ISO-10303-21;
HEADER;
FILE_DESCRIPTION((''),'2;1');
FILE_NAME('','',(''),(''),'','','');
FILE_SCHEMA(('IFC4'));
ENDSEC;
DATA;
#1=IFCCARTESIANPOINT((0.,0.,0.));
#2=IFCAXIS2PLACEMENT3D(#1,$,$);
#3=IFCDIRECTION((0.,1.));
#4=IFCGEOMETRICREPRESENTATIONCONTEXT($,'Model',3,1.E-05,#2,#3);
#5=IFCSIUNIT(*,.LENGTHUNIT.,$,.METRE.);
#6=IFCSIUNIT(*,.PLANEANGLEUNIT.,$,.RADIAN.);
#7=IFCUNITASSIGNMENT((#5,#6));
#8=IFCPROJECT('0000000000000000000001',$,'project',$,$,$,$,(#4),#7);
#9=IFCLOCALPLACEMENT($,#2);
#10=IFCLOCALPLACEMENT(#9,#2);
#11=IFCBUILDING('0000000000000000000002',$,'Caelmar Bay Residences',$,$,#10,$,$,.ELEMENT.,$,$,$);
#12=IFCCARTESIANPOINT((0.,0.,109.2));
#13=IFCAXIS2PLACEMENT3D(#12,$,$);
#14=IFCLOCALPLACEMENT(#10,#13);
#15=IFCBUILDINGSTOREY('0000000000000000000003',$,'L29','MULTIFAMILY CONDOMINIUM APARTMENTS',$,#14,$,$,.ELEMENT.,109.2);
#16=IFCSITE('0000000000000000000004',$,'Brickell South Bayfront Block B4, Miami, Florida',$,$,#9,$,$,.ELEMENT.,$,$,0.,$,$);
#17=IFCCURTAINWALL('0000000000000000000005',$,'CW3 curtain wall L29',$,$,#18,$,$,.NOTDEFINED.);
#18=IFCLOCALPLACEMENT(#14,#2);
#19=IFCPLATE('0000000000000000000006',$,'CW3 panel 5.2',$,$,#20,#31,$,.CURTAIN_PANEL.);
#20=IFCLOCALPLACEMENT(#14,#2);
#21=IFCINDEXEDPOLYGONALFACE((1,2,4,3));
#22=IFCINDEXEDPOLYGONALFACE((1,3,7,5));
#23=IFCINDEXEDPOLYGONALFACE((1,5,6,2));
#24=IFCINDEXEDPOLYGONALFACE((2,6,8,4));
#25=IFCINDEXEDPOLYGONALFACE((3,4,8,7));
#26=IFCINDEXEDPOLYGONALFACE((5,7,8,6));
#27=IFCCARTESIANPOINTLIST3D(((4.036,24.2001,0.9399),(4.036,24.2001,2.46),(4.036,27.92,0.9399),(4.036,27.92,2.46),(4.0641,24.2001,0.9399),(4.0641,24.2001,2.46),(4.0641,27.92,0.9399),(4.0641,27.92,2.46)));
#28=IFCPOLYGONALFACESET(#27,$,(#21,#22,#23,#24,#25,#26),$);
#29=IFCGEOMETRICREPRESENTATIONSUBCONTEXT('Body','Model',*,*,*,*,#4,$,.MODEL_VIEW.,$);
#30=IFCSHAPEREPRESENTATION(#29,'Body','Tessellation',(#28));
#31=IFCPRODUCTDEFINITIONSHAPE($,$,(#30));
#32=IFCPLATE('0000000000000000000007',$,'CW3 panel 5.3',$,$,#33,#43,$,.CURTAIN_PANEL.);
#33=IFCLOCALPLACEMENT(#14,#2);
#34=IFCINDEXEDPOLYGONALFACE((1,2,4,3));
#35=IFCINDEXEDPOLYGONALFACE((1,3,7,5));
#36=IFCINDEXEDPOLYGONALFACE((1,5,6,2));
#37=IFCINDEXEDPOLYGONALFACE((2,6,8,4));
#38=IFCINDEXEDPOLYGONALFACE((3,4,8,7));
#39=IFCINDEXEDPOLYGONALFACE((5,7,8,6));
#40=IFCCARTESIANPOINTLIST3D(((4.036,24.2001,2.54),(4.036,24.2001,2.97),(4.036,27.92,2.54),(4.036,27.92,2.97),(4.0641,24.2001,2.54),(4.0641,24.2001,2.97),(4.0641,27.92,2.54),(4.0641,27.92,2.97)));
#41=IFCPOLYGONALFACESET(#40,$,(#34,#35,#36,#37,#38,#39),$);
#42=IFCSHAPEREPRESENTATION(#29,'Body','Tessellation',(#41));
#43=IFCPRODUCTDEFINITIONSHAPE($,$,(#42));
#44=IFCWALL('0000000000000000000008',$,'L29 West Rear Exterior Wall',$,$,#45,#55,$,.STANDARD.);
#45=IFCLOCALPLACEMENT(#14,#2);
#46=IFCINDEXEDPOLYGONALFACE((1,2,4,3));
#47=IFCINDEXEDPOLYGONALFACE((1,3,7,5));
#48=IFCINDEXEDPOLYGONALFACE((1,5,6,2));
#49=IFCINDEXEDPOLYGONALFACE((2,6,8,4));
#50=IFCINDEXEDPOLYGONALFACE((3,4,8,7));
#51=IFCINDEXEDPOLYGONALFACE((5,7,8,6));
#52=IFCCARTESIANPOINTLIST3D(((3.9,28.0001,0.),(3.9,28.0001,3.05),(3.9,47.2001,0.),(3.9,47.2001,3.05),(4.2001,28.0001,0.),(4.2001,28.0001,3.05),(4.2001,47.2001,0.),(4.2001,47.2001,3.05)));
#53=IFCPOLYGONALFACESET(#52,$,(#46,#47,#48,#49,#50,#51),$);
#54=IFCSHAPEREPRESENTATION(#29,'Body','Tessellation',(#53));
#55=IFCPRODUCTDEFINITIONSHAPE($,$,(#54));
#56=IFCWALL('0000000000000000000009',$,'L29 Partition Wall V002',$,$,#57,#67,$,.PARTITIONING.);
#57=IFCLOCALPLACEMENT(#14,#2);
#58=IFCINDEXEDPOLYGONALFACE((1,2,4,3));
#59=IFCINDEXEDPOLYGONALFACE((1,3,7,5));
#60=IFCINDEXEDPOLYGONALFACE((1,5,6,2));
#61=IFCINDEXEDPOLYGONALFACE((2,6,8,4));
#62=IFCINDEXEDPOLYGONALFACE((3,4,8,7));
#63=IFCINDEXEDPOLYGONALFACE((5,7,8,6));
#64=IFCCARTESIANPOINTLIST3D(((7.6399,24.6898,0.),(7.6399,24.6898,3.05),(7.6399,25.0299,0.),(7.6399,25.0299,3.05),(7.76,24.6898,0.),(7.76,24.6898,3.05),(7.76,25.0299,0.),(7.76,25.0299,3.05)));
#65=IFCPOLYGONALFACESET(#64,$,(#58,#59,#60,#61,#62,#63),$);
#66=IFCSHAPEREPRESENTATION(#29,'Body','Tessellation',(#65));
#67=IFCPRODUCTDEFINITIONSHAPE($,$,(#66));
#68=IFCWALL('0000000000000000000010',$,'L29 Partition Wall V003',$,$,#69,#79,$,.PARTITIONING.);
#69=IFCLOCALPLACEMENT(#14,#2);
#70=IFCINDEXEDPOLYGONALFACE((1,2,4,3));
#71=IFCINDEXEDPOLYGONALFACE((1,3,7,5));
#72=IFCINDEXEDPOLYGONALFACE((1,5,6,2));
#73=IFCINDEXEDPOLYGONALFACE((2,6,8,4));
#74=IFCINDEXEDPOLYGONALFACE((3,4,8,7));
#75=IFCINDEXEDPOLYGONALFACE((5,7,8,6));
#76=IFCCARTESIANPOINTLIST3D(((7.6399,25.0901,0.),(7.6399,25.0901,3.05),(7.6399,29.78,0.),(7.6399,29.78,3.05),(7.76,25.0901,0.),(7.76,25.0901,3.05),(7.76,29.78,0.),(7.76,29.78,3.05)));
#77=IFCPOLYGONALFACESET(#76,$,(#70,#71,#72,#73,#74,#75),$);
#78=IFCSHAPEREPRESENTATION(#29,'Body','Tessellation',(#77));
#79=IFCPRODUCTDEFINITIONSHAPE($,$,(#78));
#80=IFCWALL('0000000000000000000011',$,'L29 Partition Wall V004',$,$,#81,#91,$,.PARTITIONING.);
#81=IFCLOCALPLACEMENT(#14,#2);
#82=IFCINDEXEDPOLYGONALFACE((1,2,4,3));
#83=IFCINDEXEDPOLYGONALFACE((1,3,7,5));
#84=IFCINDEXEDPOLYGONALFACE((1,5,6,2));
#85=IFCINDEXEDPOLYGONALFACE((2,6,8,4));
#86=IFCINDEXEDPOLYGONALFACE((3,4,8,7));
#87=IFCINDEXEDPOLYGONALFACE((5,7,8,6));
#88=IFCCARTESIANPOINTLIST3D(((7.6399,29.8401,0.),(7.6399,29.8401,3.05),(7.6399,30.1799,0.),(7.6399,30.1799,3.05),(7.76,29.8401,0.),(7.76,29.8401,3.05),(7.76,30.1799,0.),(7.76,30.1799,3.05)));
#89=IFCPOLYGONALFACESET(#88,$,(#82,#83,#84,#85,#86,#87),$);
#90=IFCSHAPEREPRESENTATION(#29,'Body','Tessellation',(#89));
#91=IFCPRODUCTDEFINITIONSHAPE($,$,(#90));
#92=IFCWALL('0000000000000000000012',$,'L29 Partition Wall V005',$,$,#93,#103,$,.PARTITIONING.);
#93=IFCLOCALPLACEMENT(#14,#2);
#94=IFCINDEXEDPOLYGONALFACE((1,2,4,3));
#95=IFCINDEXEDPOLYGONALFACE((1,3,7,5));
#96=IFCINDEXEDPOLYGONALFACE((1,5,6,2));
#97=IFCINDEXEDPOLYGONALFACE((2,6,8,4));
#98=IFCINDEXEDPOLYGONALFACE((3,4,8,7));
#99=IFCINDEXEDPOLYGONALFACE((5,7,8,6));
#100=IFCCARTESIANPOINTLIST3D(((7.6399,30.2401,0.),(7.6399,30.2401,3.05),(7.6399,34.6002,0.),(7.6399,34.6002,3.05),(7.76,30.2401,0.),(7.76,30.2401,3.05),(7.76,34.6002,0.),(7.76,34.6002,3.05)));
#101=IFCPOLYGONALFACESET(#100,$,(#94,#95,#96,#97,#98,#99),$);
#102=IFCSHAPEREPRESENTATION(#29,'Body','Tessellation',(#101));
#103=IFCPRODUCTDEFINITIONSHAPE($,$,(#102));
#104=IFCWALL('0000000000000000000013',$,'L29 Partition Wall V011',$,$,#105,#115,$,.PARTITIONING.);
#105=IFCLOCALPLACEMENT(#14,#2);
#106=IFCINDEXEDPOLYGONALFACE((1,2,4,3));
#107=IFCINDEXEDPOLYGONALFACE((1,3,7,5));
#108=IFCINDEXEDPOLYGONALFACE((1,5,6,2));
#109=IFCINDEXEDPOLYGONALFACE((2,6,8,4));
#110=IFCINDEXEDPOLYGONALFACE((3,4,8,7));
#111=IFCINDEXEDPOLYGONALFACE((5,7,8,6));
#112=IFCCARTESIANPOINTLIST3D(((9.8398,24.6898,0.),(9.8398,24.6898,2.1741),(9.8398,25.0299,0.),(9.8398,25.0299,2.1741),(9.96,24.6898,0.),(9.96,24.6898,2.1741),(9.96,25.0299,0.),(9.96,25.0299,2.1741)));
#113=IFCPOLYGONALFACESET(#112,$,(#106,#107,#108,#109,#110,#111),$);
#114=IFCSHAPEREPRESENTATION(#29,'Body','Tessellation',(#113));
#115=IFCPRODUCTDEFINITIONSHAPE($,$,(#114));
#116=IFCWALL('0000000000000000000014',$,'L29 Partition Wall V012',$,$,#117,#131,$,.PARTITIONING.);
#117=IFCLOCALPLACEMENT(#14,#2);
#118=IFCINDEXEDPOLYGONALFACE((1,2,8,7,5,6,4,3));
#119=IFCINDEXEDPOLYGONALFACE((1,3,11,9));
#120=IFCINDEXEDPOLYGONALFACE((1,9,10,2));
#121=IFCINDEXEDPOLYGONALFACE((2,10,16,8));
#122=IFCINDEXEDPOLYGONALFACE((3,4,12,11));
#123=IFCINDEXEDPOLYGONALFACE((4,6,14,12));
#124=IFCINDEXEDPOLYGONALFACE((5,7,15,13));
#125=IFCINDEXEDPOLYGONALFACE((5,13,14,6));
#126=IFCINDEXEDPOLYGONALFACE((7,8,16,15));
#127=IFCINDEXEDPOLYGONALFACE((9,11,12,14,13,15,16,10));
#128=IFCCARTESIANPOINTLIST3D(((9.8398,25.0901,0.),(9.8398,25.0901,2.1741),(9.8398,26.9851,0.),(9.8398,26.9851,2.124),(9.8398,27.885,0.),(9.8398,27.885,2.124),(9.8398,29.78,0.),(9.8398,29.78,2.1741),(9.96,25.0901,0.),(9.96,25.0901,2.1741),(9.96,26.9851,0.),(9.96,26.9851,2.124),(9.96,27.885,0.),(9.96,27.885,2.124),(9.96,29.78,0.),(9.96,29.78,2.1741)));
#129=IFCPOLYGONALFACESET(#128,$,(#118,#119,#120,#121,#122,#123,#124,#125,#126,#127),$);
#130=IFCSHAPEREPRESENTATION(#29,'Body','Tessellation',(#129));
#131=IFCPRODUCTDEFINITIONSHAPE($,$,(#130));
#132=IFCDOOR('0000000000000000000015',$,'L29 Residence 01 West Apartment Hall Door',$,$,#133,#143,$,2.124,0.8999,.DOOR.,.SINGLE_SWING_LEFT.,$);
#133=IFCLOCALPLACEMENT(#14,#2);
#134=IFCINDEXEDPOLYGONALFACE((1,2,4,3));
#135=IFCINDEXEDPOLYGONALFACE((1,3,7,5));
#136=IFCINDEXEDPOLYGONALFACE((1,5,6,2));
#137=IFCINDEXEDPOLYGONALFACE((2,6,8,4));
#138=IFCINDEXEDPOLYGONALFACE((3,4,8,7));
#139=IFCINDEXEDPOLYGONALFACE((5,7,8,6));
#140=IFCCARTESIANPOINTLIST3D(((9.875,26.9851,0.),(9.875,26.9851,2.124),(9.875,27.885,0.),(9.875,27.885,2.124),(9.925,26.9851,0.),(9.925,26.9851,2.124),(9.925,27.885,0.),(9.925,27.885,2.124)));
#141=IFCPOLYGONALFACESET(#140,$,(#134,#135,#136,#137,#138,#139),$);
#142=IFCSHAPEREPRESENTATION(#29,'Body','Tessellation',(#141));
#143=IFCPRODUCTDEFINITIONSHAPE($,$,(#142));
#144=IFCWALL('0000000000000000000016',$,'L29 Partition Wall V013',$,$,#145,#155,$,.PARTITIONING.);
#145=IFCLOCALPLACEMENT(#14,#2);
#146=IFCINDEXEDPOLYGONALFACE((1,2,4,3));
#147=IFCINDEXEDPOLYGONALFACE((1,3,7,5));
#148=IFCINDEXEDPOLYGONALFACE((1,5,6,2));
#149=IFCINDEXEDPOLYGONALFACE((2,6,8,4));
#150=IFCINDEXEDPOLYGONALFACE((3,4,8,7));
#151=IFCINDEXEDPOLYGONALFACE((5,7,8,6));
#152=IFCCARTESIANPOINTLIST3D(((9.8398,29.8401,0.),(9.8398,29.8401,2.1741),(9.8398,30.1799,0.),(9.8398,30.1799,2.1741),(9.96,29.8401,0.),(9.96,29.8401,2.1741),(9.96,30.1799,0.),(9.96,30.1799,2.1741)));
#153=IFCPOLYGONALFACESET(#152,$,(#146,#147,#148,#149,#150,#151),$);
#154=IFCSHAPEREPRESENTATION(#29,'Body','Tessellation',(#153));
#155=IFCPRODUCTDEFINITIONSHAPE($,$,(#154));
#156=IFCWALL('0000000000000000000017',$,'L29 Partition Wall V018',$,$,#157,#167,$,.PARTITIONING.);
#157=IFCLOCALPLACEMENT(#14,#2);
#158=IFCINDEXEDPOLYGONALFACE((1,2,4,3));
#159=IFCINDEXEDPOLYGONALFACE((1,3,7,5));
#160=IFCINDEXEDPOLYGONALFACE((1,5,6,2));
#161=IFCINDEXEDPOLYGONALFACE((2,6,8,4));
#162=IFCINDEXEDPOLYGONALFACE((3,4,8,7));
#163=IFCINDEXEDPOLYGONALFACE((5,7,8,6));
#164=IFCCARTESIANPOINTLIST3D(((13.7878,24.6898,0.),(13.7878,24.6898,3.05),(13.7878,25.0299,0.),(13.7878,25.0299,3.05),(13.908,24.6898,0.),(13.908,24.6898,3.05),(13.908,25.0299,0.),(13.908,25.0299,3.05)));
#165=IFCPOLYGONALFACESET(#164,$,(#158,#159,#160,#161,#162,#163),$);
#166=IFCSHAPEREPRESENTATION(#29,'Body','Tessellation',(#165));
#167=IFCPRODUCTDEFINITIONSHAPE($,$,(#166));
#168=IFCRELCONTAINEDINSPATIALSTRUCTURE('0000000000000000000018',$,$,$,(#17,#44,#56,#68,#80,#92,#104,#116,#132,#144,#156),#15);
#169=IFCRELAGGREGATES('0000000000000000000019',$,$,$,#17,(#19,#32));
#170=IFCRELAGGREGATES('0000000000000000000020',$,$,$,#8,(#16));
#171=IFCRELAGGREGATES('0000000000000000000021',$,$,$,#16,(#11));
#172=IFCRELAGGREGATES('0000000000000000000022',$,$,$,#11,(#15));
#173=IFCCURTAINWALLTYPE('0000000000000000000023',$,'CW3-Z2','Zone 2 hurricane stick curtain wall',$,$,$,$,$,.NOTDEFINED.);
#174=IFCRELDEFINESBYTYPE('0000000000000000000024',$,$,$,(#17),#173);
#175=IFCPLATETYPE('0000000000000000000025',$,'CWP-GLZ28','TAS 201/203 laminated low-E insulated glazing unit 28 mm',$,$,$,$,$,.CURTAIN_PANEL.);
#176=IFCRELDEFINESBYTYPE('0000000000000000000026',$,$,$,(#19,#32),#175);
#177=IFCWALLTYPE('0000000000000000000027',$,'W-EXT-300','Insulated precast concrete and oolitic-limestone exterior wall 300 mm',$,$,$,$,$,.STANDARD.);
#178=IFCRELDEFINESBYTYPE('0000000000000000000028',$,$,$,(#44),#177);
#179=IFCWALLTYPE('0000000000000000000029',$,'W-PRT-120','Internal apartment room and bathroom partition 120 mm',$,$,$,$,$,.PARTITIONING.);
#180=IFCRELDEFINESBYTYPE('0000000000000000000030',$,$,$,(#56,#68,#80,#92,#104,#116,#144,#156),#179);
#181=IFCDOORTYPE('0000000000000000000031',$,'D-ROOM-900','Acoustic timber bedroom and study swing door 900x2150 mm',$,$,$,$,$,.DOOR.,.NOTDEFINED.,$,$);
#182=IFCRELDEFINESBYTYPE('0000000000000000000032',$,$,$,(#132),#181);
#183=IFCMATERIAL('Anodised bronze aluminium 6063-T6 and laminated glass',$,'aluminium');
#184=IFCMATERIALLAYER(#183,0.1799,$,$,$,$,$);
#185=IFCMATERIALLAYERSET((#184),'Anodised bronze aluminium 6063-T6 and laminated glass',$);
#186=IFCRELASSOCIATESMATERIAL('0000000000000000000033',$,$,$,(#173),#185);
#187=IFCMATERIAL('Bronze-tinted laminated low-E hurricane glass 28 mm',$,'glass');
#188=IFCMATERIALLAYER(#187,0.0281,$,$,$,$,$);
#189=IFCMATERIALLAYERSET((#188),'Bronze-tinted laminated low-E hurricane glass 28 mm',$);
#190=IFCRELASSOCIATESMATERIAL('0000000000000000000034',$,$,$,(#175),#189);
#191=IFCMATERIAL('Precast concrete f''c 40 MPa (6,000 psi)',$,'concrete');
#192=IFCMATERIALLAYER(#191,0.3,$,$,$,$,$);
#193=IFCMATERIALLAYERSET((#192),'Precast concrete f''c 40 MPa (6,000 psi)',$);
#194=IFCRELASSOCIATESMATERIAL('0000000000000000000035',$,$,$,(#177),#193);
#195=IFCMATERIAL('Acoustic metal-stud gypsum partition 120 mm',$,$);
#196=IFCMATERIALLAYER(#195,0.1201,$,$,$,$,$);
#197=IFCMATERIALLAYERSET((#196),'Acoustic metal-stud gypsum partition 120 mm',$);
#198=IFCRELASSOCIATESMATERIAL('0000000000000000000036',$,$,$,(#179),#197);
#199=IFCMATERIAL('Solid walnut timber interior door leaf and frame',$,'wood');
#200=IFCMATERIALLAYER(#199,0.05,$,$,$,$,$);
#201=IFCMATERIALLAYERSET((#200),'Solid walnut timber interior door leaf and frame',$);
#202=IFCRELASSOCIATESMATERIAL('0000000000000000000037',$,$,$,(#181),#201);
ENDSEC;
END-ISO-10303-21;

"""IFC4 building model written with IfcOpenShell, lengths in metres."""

from ifc_helpers import new_model, si_unit, direction, frame, frame_2d, origin, origin_2d, place, context, subcontext, project, spatial, rectangle, extrude, material, layer, layer_set, type_object, element, fill, aggregate, save


model = new_model("IFC4")

# Units and contexts
model_context = context("Model", 3, precision=1e-05, world=origin(), true_north=direction((0.0, 1.0)))
body_context = subcontext(model_context, "Body", "Model", "MODEL_VIEW")
ifc_project = project(units=[si_unit("LENGTHUNIT", "METRE"), si_unit("PLANEANGLEUNIT", "RADIAN")], contexts=[model_context])

# Site, building, storey
site_placement = place(None, origin())
site = spatial("IfcSite", under=ifc_project, at=site_placement, Name="Brickell South Bayfront Block B4, Miami, Florida", CompositionType="ELEMENT", RefElevation=0.0)
building_placement = place(site_placement, origin())
building = spatial("IfcBuilding", under=site, at=building_placement, Name="Caelmar Bay Residences", CompositionType="ELEMENT")
storey_placement = place(building_placement, frame((0.0, 0.0, 109.2)))
storey = spatial("IfcBuildingStorey", under=building, at=storey_placement, Name="L29", Description="MULTIFAMILY CONDOMINIUM APARTMENTS", CompositionType="ELEMENT", Elevation=109.2)

# Curtain wall, plates
ifc_material_1 = material(Name="Anodised bronze aluminium 6063-T6 and laminated glass", Category="aluminium")
ifc_layer_1 = layer(ifc_material_1, 0.1799)
ifc_layer_set_1 = layer_set([ifc_layer_1], Name="Anodised bronze aluminium 6063-T6 and laminated glass")
curtain_wall_type = type_object("IfcCurtainWallType", Name="CW3-Z2", Description="Zone 2 hurricane stick curtain wall", PredefinedType="NOTDEFINED", material=ifc_layer_set_1)
curtain_wall_placement = place(storey_placement, origin())
curtain_wall = element("IfcCurtainWall", 1, at=curtain_wall_placement, inside=storey, type_object=curtain_wall_type, Name="CW3 curtain wall L29", PredefinedType="NOTDEFINED")
ifc_material_2 = material(Name="Bronze-tinted laminated low-E hurricane glass 28 mm", Category="glass")
ifc_layer_2 = layer(ifc_material_2, 0.0281)
ifc_layer_set_2 = layer_set([ifc_layer_2], Name="Bronze-tinted laminated low-E hurricane glass 28 mm")
plate_type = type_object("IfcPlateType", Name="CWP-GLZ28", Description="TAS 201/203 laminated low-E insulated glazing unit 28 mm", PredefinedType="CURTAIN_PANEL", material=ifc_layer_set_2)
plate_1_placement = place(storey_placement, frame((4.05, 26.0601, 0.9399), z_axis=(0.0, 0.0, 1.0), x_axis=(0.0, 1.0, 0.0)))
plate_1 = element("IfcPlate", 2, at=plate_1_placement, type_object=plate_type, Name="CW3 panel 5.2", PredefinedType="CURTAIN_PANEL", context=body_context, shape_type="SweptSolid", body=[
    extrude(rectangle(XDim=3.72, YDim=0.0281, at=origin_2d()), origin(), (0.0, 0.0, 1.0), 1.52),
])
plate_2_placement = place(storey_placement, frame((4.05, 26.0601, 2.54), z_axis=(0.0, 0.0, 1.0), x_axis=(0.0, 1.0, 0.0)))
plate_2 = element("IfcPlate", 3, at=plate_2_placement, type_object=plate_type, Name="CW3 panel 5.3", PredefinedType="CURTAIN_PANEL", context=body_context, shape_type="SweptSolid", body=[
    extrude(rectangle(XDim=3.72, YDim=0.0281, at=origin_2d()), origin(), (0.0, 0.0, 1.0), 0.4299),
])
aggregate(curtain_wall, [plate_1, plate_2])

# Walls
ifc_material_3 = material(Name="Precast concrete f'c 40 MPa (6,000 psi)", Category="concrete")
ifc_layer_3 = layer(ifc_material_3, 0.3)
ifc_layer_set_3 = layer_set([ifc_layer_3], Name="Precast concrete f'c 40 MPa (6,000 psi)")
wall_type_1 = type_object("IfcWallType", Name="W-EXT-300", Description="Insulated precast concrete and oolitic-limestone exterior wall 300 mm", PredefinedType="STANDARD", material=ifc_layer_set_3)
wall_1_placement = place(storey_placement, frame((4.05, 28.0, 0.0), z_axis=(0.0, 0.0, 1.0), x_axis=(0.0, 1.0, 0.0)))
element("IfcWall", 4, at=wall_1_placement, inside=storey, type_object=wall_type_1, Name="L29 West Rear Exterior Wall", PredefinedType="STANDARD", context=body_context, shape_type="SweptSolid", body=[
    extrude(rectangle(XDim=19.2, YDim=0.3, at=frame_2d((9.6001, 0.0))), origin(), (0.0, 0.0, 1.0), 3.05),
])
ifc_material_4 = material(Name="Acoustic metal-stud gypsum partition 120 mm")
ifc_layer_4 = layer(ifc_material_4, 0.1201)
ifc_layer_set_4 = layer_set([ifc_layer_4], Name="Acoustic metal-stud gypsum partition 120 mm")
wall_type_2 = type_object("IfcWallType", Name="W-PRT-120", Description="Internal apartment room and bathroom partition 120 mm", PredefinedType="PARTITIONING", material=ifc_layer_set_4)
wall_2_placement = place(storey_placement, frame((7.7, 24.6899, 0.0), z_axis=(0.0, 0.0, 1.0), x_axis=(0.0, 1.0, 0.0)))
element("IfcWall", 5, at=wall_2_placement, inside=storey, type_object=wall_type_2, Name="L29 Partition Wall V002", PredefinedType="PARTITIONING", context=body_context, shape_type="SweptSolid", body=[
    extrude(rectangle(XDim=0.3401, YDim=0.1201, at=frame_2d((0.1699, 0.0))), origin(), (0.0, 0.0, 1.0), 3.05),
])
wall_3_placement = place(storey_placement, frame((7.7, 25.0901, 0.0), z_axis=(0.0, 0.0, 1.0), x_axis=(0.0, 1.0, 0.0)))
element("IfcWall", 6, at=wall_3_placement, inside=storey, type_object=wall_type_2, Name="L29 Partition Wall V003", PredefinedType="PARTITIONING", context=body_context, shape_type="SweptSolid", body=[
    extrude(rectangle(XDim=4.6899, YDim=0.1201, at=frame_2d((2.345, 0.0))), origin(), (0.0, 0.0, 1.0), 3.05),
])
wall_4_placement = place(storey_placement, frame((7.7, 29.8401, 0.0), z_axis=(0.0, 0.0, 1.0), x_axis=(0.0, 1.0, 0.0)))
element("IfcWall", 7, at=wall_4_placement, inside=storey, type_object=wall_type_2, Name="L29 Partition Wall V004", PredefinedType="PARTITIONING", context=body_context, shape_type="SweptSolid", body=[
    extrude(rectangle(XDim=0.3398, YDim=0.1201, at=frame_2d((0.1699, 0.0))), origin(), (0.0, 0.0, 1.0), 3.05),
])
wall_5_placement = place(storey_placement, frame((7.7, 30.24, 0.0), z_axis=(0.0, 0.0, 1.0), x_axis=(0.0, 1.0, 0.0)))
element("IfcWall", 8, at=wall_5_placement, inside=storey, type_object=wall_type_2, Name="L29 Partition Wall V005", PredefinedType="PARTITIONING", context=body_context, shape_type="SweptSolid", body=[
    extrude(rectangle(XDim=4.3601, YDim=0.1201, at=frame_2d((2.1802, 0.0))), origin(), (0.0, 0.0, 1.0), 3.05),
])
wall_6_placement = place(storey_placement, frame((9.8999, 24.6899, 0.0), z_axis=(0.0, 0.0, 1.0), x_axis=(0.0, 1.0, 0.0)))
element("IfcWall", 9, at=wall_6_placement, inside=storey, type_object=wall_type_2, Name="L29 Partition Wall V011", PredefinedType="PARTITIONING", context=body_context, shape_type="SweptSolid", body=[
    extrude(rectangle(XDim=0.3401, YDim=0.1201, at=frame_2d((0.1699, 0.0))), origin(), (0.0, 0.0, 1.0), 2.1741),
])

# Wall, opening, door
wall_7_placement = place(storey_placement, frame((9.8999, 25.0901, 0.0), z_axis=(0.0, 0.0, 1.0), x_axis=(0.0, 1.0, 0.0)))
wall_7 = element("IfcWall", 10, at=wall_7_placement, inside=storey, type_object=wall_type_2, Name="L29 Partition Wall V012", PredefinedType="PARTITIONING", context=body_context, shape_type="SweptSolid", body=[
    extrude(rectangle(XDim=4.6899, YDim=0.1201, at=frame_2d((2.345, 0.0))), origin(), (0.0, 0.0, 1.0), 2.1741),
])
opening_1_placement = place(wall_7_placement, frame((1.895, 0.0, 0.0)))
opening_1 = element("IfcOpeningElement", 11, at=opening_1_placement, cuts=wall_7, PredefinedType="OPENING", context=body_context, shape_type="SweptSolid", body=[
    extrude(rectangle(XDim=0.8999, YDim=2.124, at=frame_2d((0.45, 1.062))), frame((0.0, 0.0701, 0.0), z_axis=(0.0, -1.0, 0.0), x_axis=(1.0, 0.0, 0.0)), (0.0, 0.0, 1.0), 0.1401),
])
ifc_material_5 = material(Name="Solid walnut timber interior door leaf and frame", Category="wood")
ifc_layer_5 = layer(ifc_material_5, 0.05)
ifc_layer_set_5 = layer_set([ifc_layer_5], Name="Solid walnut timber interior door leaf and frame")
door_type = type_object("IfcDoorType", Name="D-ROOM-900", Description="Acoustic timber bedroom and study swing door 900x2150 mm", OperationType="NOTDEFINED", PredefinedType="DOOR", material=ifc_layer_set_5)
door_1_placement = place(opening_1_placement, origin())
door_1 = element("IfcDoor", 12, at=door_1_placement, inside=storey, type_object=door_type, Name="L29 Residence 01 West Apartment Hall Door", OperationType="SINGLE_SWING_LEFT", OverallHeight=2.124, OverallWidth=0.8999, PredefinedType="DOOR", context=body_context, shape_type="SweptSolid", body=[
    extrude(rectangle(XDim=0.8999, YDim=2.124, at=frame_2d((0.45, 1.062))), frame((0.0, 0.0249, 0.0), z_axis=(0.0, -1.0, 0.0), x_axis=(1.0, 0.0, 0.0)), (0.0, 0.0, 1.0), 0.05),
])
fill(opening_1, door_1)

# Walls
wall_8_placement = place(storey_placement, frame((9.8999, 29.8401, 0.0), z_axis=(0.0, 0.0, 1.0), x_axis=(0.0, 1.0, 0.0)))
element("IfcWall", 13, at=wall_8_placement, inside=storey, type_object=wall_type_2, Name="L29 Partition Wall V013", PredefinedType="PARTITIONING", context=body_context, shape_type="SweptSolid", body=[
    extrude(rectangle(XDim=0.3398, YDim=0.1201, at=frame_2d((0.1699, 0.0))), origin(), (0.0, 0.0, 1.0), 2.1741),
])
wall_9_placement = place(storey_placement, frame((13.8479, 24.6899, 0.0), z_axis=(0.0, 0.0, 1.0), x_axis=(0.0, 1.0, 0.0)))
element("IfcWall", 14, at=wall_9_placement, inside=storey, type_object=wall_type_2, Name="L29 Partition Wall V018", PredefinedType="PARTITIONING", context=body_context, shape_type="SweptSolid", body=[
    extrude(rectangle(XDim=0.3401, YDim=0.1201, at=frame_2d((0.1699, 0.0))), origin(), (0.0, 0.0, 1.0), 3.05),
])

save(model, "model.ifc")
